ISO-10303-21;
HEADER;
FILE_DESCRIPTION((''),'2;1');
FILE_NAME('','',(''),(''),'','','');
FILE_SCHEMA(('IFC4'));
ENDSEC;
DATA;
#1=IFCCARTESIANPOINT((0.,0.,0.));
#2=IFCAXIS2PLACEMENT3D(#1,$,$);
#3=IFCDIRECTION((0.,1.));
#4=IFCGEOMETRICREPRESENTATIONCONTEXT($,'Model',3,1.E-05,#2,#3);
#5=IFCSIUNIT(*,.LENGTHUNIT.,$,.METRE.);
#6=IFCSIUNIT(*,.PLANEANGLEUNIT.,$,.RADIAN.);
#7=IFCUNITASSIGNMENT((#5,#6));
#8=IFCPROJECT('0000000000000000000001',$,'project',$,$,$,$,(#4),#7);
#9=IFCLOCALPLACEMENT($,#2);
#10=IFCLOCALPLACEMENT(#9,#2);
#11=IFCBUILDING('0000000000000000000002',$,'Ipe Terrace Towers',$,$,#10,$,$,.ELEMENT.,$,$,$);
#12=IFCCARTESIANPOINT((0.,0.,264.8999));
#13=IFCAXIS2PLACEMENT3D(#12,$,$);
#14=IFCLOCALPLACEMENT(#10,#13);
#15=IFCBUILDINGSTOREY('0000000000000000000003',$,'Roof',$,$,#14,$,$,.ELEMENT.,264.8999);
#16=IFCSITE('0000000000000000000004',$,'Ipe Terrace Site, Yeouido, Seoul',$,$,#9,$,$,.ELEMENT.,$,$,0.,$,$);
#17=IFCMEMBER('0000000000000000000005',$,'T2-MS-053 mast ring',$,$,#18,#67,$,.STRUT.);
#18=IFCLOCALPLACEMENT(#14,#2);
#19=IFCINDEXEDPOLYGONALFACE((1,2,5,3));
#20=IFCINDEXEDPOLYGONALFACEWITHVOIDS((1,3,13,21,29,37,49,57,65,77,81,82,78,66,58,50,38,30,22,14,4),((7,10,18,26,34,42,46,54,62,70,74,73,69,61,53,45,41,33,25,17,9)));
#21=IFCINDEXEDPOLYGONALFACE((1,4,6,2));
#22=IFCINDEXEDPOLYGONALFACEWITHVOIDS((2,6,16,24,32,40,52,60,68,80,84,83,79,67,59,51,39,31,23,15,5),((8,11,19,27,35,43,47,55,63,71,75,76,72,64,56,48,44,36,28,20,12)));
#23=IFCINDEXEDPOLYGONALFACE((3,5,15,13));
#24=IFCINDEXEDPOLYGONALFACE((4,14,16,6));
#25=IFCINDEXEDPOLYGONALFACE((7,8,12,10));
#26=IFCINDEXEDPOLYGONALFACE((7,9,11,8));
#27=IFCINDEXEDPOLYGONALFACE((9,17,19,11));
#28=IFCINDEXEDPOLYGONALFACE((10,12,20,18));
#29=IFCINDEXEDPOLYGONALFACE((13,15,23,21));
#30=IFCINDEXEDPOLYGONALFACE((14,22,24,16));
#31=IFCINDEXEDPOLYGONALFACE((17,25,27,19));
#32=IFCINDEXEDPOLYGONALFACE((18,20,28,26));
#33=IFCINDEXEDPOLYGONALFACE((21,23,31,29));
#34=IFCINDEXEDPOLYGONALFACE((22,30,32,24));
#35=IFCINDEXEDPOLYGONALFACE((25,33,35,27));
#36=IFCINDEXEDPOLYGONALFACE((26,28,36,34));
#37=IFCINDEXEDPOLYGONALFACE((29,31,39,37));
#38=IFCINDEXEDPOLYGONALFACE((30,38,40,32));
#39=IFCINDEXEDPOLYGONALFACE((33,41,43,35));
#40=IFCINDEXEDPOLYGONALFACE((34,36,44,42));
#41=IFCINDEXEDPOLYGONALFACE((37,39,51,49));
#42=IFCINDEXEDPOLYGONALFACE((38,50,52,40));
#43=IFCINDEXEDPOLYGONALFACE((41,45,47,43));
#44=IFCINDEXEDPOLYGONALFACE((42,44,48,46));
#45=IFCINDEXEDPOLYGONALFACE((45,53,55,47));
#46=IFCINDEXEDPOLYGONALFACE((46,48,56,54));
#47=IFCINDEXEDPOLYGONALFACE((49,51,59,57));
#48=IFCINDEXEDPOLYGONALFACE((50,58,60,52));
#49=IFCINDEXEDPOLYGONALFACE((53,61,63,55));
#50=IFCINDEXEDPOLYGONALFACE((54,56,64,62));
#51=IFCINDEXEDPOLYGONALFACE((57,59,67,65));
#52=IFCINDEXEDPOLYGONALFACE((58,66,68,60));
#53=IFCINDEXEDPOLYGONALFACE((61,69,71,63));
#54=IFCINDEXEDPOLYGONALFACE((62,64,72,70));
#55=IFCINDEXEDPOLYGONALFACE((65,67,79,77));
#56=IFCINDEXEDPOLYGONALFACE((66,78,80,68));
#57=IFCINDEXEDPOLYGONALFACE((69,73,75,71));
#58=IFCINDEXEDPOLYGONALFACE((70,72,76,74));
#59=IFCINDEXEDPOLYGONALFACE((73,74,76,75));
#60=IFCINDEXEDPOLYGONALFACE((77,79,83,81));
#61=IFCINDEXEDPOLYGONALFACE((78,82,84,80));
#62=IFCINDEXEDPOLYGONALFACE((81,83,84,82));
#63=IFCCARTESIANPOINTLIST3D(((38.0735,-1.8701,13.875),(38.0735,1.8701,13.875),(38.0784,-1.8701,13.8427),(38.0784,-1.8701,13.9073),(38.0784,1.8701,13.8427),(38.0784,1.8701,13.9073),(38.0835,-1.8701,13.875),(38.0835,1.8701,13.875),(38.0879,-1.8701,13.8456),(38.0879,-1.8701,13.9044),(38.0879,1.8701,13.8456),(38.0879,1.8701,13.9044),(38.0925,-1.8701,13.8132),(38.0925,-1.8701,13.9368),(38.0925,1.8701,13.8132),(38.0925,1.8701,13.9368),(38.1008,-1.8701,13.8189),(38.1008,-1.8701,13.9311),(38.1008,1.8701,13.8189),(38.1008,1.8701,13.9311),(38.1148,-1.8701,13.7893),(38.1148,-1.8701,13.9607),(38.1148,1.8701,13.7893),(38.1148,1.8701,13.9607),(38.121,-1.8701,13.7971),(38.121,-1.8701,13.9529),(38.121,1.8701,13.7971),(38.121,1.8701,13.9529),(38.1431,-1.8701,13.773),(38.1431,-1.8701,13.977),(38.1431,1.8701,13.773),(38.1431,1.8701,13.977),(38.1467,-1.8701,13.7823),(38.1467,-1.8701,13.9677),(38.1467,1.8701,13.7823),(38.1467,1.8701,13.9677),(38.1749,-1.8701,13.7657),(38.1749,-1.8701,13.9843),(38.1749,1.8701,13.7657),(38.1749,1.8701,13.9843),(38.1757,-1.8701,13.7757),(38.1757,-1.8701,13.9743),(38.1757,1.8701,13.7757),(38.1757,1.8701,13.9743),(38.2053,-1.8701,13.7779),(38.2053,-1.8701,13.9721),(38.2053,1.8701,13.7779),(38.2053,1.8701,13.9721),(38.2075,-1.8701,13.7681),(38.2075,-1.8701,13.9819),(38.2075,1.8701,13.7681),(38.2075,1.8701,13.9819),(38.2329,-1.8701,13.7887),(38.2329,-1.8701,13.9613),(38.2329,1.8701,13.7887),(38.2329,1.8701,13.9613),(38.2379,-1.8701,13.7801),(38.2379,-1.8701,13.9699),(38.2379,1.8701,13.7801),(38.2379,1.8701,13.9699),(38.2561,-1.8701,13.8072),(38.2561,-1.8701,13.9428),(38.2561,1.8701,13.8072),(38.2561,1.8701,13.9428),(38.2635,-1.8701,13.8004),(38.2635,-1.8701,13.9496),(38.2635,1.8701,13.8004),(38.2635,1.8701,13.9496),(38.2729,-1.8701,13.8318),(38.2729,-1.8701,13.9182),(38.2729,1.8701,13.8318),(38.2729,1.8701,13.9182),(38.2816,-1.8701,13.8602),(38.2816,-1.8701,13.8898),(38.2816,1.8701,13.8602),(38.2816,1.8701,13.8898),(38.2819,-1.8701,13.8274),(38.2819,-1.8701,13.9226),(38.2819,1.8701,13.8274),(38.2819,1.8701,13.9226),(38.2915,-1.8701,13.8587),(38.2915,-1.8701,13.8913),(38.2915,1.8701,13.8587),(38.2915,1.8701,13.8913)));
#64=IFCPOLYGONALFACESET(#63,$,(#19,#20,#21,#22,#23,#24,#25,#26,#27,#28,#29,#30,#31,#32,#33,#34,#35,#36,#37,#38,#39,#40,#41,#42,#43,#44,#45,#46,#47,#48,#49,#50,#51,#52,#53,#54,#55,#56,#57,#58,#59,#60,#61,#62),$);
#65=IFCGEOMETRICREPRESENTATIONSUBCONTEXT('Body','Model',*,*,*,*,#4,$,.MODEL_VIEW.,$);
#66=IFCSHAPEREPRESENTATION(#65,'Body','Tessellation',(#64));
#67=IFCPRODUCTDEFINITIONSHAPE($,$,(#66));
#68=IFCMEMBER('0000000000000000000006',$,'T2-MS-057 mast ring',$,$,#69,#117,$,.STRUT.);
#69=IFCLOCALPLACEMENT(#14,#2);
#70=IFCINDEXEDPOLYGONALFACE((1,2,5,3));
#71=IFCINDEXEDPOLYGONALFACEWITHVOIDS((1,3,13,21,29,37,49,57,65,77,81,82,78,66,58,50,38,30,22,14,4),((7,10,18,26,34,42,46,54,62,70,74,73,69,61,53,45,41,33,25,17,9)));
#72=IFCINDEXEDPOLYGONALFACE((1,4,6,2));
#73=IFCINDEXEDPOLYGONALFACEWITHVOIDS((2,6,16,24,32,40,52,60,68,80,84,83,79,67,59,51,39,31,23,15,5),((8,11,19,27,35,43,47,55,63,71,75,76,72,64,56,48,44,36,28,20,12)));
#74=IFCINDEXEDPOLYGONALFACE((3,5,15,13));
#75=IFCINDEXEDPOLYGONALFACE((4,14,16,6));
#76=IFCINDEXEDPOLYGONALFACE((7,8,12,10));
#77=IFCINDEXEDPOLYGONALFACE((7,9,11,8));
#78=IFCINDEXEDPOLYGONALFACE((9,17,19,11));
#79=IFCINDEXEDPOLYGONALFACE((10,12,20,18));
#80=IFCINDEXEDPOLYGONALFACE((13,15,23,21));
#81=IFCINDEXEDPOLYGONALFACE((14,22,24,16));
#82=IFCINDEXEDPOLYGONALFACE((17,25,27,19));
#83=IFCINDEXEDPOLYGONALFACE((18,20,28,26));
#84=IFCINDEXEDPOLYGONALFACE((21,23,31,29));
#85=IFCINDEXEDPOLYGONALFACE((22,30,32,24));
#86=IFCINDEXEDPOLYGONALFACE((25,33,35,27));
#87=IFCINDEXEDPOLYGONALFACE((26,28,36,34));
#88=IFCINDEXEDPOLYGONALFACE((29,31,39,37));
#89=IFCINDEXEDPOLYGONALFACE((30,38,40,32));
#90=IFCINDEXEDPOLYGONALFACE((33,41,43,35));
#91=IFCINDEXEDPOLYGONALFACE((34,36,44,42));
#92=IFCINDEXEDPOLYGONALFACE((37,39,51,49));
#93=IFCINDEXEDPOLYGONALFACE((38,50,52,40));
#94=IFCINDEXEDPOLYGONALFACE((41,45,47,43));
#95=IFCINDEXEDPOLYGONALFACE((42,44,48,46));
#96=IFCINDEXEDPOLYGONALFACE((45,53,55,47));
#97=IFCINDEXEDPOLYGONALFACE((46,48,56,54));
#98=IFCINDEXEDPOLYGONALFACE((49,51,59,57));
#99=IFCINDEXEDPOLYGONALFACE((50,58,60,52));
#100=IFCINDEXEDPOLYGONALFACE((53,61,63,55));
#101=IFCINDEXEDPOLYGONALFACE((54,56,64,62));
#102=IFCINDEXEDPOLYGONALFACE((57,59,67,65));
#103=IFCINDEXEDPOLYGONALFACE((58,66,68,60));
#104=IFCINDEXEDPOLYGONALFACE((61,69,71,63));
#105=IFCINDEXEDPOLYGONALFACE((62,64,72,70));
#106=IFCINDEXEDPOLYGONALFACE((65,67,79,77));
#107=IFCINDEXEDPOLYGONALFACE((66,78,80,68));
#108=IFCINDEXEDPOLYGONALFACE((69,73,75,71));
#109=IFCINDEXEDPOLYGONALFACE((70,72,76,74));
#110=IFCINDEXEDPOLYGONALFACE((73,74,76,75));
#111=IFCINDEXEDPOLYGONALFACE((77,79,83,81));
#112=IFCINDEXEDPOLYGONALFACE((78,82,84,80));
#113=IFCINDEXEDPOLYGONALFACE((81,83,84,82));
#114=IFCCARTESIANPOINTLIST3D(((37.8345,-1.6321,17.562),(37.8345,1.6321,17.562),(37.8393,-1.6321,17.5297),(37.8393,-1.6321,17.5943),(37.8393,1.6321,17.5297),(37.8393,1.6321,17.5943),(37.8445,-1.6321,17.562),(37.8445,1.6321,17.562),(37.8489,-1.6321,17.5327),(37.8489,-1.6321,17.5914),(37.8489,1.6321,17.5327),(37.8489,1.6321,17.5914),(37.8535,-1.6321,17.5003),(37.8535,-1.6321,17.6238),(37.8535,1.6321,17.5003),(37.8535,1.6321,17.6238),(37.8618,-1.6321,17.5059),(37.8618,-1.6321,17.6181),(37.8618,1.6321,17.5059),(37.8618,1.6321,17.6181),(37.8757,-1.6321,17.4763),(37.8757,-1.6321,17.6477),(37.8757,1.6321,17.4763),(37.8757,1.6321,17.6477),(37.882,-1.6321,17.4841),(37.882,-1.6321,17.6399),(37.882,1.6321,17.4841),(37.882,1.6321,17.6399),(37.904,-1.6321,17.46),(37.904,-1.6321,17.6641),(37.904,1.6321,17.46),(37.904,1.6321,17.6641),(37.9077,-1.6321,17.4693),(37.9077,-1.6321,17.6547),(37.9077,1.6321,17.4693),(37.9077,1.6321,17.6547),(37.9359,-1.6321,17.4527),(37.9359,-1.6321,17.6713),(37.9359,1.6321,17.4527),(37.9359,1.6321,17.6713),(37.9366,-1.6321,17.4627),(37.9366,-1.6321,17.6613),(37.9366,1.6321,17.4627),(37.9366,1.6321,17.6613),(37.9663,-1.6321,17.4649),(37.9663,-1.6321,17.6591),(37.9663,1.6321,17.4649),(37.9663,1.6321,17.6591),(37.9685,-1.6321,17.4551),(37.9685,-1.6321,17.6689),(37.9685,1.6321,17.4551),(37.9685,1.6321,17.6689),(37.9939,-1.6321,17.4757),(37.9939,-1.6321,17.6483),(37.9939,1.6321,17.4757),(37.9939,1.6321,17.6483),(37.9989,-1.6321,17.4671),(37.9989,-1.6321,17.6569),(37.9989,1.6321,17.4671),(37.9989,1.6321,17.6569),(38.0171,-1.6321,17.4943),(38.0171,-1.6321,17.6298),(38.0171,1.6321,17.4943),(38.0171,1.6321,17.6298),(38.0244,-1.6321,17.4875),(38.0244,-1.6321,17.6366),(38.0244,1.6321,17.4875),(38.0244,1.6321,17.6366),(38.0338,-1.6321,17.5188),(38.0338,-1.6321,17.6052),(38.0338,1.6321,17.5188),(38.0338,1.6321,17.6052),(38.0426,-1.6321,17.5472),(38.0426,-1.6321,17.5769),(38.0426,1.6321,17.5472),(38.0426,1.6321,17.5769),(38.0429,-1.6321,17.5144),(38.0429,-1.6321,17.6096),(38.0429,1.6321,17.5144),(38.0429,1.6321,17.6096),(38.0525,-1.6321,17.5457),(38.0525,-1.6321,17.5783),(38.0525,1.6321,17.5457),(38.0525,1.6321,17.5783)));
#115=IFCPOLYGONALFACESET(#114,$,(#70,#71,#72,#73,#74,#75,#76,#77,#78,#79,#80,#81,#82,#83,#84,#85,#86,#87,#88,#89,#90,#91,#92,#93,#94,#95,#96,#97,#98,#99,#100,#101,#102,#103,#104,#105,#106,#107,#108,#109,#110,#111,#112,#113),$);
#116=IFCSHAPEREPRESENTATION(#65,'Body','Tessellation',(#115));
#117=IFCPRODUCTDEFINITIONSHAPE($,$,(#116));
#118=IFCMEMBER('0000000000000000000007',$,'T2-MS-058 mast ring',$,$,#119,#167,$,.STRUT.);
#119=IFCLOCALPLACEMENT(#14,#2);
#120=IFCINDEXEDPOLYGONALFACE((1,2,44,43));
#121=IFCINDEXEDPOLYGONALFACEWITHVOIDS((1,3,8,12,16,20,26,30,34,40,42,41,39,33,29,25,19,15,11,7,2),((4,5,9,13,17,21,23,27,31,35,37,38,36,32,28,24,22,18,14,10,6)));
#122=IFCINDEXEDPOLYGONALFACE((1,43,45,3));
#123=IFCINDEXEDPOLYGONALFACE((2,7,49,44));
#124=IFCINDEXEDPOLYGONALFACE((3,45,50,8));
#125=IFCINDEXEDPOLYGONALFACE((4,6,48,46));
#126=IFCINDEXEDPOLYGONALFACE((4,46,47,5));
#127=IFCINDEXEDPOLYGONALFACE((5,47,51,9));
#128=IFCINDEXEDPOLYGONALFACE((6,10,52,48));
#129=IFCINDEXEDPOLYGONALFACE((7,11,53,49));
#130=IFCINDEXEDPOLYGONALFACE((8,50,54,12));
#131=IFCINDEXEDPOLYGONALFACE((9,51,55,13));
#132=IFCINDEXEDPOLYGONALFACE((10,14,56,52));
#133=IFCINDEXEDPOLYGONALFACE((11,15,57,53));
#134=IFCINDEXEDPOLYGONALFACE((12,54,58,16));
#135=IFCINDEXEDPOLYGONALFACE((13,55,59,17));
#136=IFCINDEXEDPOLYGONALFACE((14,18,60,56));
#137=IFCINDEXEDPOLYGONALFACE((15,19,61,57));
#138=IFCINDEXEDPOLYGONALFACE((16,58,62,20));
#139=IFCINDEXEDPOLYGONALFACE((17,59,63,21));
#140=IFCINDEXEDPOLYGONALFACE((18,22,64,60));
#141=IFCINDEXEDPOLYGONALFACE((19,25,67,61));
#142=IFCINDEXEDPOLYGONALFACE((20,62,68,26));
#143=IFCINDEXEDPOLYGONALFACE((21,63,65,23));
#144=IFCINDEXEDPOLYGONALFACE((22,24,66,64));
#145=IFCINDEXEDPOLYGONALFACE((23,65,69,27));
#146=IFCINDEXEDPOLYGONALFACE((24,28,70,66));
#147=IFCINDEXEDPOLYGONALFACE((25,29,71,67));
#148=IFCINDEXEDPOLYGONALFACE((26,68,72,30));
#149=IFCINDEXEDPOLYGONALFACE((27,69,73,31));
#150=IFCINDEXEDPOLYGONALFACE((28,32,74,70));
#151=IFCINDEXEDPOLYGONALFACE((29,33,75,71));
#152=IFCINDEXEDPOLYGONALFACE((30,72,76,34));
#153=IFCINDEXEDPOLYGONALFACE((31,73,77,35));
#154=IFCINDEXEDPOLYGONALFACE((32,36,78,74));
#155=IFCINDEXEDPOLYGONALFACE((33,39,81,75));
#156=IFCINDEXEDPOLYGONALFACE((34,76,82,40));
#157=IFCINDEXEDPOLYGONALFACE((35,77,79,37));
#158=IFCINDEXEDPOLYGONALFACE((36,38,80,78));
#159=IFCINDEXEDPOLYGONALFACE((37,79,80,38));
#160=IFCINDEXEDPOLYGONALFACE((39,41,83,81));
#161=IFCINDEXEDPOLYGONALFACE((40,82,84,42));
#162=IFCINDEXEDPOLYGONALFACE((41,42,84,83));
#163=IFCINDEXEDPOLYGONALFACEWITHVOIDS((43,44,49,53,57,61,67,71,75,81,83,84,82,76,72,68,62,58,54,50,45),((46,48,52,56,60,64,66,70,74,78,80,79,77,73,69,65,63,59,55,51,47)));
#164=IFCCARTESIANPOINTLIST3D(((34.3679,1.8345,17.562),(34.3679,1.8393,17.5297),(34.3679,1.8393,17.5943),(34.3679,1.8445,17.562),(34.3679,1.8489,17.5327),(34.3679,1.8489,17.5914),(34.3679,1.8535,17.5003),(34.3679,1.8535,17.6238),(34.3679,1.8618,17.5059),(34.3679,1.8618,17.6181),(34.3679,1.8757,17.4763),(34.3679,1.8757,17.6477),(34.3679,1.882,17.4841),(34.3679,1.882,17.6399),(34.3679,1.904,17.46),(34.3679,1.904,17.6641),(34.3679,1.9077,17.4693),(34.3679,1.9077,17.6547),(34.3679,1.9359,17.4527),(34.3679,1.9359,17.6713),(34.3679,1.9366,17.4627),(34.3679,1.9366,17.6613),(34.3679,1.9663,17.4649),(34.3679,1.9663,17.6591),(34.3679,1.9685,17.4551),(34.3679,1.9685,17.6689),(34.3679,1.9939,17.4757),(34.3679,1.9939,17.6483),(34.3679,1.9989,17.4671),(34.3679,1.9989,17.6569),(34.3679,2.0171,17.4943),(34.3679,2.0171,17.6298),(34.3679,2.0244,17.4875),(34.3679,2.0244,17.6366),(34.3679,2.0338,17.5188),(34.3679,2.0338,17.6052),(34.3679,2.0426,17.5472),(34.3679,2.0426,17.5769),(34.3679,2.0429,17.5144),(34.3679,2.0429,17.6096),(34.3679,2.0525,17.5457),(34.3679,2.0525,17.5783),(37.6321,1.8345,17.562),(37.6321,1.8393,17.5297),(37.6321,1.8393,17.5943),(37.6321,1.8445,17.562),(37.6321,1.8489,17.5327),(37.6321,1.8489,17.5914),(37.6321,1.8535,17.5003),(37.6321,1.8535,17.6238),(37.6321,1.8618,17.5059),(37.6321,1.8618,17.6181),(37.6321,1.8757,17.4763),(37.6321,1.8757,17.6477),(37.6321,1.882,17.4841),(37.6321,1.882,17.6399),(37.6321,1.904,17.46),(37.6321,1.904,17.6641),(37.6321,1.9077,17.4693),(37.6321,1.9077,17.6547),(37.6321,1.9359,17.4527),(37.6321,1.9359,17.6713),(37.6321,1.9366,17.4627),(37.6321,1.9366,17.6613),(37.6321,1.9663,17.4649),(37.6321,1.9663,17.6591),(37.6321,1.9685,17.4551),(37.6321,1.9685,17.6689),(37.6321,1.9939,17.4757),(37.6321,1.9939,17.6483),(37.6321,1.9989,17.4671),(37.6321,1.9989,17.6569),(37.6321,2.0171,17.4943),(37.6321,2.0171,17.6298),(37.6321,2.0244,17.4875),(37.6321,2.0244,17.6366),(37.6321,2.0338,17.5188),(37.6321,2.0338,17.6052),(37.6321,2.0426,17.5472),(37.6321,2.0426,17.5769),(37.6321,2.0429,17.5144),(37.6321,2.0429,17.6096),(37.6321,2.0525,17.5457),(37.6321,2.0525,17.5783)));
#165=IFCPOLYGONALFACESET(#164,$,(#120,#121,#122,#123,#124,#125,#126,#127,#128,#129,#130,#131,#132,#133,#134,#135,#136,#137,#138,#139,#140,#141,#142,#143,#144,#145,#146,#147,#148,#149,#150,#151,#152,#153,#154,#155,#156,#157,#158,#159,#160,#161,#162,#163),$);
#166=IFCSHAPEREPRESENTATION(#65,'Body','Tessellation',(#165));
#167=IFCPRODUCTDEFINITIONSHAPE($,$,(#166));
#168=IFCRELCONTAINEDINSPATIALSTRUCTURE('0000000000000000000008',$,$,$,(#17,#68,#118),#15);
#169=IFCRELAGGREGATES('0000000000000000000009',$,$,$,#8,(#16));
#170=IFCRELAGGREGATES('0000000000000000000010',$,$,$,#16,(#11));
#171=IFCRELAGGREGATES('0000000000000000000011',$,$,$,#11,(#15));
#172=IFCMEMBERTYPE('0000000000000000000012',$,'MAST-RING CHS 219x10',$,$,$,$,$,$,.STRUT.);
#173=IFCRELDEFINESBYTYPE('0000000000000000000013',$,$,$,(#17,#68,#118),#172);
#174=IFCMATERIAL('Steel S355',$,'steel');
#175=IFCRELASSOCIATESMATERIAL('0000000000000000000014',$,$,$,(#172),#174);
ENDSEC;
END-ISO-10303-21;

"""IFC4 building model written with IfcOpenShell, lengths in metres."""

from ifc_helpers import new_model, si_unit, direction, frame, origin, origin_2d, place, context, subcontext, project, spatial, hollow_circle, extrude, material, material_profile, profile_set, type_object, element, save


model = new_model("IFC4")

# Units and contexts
model_context = context("Model", 3, precision=1e-05, world=origin(), true_north=direction((0.0, 1.0)))
body_context = subcontext(model_context, "Body", "Model", "MODEL_VIEW")
ifc_project = project(units=[si_unit("LENGTHUNIT", "METRE"), si_unit("PLANEANGLEUNIT", "RADIAN")], contexts=[model_context])

# Site, building, storey
site_placement = place(None, origin())
site = spatial("IfcSite", under=ifc_project, at=site_placement, Name="Ipe Terrace Site, Yeouido, Seoul", CompositionType="ELEMENT", RefElevation=0.0)
building_placement = place(site_placement, origin())
building = spatial("IfcBuilding", under=site, at=building_placement, Name="Ipe Terrace Towers", CompositionType="ELEMENT")
storey_placement = place(building_placement, frame((0.0, 0.0, 264.8999)))
storey = spatial("IfcBuildingStorey", under=building, at=storey_placement, Name="Roof", CompositionType="ELEMENT", Elevation=264.8999)

# Members
ifc_material_1 = material(Name="Steel S355", Category="steel")
ifc_material_profile_1 = material_profile(ifc_material_1, hollow_circle(Radius=0.1096, WallThickness=0.01, at=origin_2d()), Name="MAST-RING CHS 219x10")
ifc_profile_set_1 = profile_set([ifc_material_profile_1], Name="Steel S355")
member_type_1 = type_object("IfcMemberType", Name="MAST-RING CHS 219x10", PredefinedType="STRUT", material=ifc_profile_set_1)
member_1_placement = place(storey_placement, frame((38.1831, -1.8701, 13.875), z_axis=(0.0, 1.0, 0.0), x_axis=(-1.0, 0.0, 0.0)))
element("IfcMember", 1, at=member_1_placement, inside=storey, type_object=member_type_1, Name="T2-MS-053 mast ring", PredefinedType="STRUT", context=body_context, shape_type="SweptSolid", body=[
    extrude(hollow_circle(Radius=0.1096, WallThickness=0.01, at=origin_2d()), origin(), (0.0, 0.0, 1.0), 3.7402),
])
for number, where, z_axis, x_axis, name in (
    (2, (37.9441, -1.6321, 17.562), (0.0, 1.0, 0.0), (-1.0, 0.0, 0.0), "T2-MS-057 mast ring"),
    (3, (37.6321, 1.9441, 17.562), (-1.0, 0.0, 0.0), (0.0, -1.0, 0.0), "T2-MS-058 mast ring"),
):
    element("IfcMember", number, at=place(storey_placement, frame(where, z_axis=z_axis, x_axis=x_axis)), inside=storey, type_object=member_type_1, Name=name, PredefinedType="STRUT", context=body_context, shape_type="SweptSolid", body=[
        extrude(hollow_circle(Radius=0.1096, WallThickness=0.01, at=origin_2d()), origin(), (0.0, 0.0, 1.0), 3.2642),
    ])

save(model, "model.ifc")
